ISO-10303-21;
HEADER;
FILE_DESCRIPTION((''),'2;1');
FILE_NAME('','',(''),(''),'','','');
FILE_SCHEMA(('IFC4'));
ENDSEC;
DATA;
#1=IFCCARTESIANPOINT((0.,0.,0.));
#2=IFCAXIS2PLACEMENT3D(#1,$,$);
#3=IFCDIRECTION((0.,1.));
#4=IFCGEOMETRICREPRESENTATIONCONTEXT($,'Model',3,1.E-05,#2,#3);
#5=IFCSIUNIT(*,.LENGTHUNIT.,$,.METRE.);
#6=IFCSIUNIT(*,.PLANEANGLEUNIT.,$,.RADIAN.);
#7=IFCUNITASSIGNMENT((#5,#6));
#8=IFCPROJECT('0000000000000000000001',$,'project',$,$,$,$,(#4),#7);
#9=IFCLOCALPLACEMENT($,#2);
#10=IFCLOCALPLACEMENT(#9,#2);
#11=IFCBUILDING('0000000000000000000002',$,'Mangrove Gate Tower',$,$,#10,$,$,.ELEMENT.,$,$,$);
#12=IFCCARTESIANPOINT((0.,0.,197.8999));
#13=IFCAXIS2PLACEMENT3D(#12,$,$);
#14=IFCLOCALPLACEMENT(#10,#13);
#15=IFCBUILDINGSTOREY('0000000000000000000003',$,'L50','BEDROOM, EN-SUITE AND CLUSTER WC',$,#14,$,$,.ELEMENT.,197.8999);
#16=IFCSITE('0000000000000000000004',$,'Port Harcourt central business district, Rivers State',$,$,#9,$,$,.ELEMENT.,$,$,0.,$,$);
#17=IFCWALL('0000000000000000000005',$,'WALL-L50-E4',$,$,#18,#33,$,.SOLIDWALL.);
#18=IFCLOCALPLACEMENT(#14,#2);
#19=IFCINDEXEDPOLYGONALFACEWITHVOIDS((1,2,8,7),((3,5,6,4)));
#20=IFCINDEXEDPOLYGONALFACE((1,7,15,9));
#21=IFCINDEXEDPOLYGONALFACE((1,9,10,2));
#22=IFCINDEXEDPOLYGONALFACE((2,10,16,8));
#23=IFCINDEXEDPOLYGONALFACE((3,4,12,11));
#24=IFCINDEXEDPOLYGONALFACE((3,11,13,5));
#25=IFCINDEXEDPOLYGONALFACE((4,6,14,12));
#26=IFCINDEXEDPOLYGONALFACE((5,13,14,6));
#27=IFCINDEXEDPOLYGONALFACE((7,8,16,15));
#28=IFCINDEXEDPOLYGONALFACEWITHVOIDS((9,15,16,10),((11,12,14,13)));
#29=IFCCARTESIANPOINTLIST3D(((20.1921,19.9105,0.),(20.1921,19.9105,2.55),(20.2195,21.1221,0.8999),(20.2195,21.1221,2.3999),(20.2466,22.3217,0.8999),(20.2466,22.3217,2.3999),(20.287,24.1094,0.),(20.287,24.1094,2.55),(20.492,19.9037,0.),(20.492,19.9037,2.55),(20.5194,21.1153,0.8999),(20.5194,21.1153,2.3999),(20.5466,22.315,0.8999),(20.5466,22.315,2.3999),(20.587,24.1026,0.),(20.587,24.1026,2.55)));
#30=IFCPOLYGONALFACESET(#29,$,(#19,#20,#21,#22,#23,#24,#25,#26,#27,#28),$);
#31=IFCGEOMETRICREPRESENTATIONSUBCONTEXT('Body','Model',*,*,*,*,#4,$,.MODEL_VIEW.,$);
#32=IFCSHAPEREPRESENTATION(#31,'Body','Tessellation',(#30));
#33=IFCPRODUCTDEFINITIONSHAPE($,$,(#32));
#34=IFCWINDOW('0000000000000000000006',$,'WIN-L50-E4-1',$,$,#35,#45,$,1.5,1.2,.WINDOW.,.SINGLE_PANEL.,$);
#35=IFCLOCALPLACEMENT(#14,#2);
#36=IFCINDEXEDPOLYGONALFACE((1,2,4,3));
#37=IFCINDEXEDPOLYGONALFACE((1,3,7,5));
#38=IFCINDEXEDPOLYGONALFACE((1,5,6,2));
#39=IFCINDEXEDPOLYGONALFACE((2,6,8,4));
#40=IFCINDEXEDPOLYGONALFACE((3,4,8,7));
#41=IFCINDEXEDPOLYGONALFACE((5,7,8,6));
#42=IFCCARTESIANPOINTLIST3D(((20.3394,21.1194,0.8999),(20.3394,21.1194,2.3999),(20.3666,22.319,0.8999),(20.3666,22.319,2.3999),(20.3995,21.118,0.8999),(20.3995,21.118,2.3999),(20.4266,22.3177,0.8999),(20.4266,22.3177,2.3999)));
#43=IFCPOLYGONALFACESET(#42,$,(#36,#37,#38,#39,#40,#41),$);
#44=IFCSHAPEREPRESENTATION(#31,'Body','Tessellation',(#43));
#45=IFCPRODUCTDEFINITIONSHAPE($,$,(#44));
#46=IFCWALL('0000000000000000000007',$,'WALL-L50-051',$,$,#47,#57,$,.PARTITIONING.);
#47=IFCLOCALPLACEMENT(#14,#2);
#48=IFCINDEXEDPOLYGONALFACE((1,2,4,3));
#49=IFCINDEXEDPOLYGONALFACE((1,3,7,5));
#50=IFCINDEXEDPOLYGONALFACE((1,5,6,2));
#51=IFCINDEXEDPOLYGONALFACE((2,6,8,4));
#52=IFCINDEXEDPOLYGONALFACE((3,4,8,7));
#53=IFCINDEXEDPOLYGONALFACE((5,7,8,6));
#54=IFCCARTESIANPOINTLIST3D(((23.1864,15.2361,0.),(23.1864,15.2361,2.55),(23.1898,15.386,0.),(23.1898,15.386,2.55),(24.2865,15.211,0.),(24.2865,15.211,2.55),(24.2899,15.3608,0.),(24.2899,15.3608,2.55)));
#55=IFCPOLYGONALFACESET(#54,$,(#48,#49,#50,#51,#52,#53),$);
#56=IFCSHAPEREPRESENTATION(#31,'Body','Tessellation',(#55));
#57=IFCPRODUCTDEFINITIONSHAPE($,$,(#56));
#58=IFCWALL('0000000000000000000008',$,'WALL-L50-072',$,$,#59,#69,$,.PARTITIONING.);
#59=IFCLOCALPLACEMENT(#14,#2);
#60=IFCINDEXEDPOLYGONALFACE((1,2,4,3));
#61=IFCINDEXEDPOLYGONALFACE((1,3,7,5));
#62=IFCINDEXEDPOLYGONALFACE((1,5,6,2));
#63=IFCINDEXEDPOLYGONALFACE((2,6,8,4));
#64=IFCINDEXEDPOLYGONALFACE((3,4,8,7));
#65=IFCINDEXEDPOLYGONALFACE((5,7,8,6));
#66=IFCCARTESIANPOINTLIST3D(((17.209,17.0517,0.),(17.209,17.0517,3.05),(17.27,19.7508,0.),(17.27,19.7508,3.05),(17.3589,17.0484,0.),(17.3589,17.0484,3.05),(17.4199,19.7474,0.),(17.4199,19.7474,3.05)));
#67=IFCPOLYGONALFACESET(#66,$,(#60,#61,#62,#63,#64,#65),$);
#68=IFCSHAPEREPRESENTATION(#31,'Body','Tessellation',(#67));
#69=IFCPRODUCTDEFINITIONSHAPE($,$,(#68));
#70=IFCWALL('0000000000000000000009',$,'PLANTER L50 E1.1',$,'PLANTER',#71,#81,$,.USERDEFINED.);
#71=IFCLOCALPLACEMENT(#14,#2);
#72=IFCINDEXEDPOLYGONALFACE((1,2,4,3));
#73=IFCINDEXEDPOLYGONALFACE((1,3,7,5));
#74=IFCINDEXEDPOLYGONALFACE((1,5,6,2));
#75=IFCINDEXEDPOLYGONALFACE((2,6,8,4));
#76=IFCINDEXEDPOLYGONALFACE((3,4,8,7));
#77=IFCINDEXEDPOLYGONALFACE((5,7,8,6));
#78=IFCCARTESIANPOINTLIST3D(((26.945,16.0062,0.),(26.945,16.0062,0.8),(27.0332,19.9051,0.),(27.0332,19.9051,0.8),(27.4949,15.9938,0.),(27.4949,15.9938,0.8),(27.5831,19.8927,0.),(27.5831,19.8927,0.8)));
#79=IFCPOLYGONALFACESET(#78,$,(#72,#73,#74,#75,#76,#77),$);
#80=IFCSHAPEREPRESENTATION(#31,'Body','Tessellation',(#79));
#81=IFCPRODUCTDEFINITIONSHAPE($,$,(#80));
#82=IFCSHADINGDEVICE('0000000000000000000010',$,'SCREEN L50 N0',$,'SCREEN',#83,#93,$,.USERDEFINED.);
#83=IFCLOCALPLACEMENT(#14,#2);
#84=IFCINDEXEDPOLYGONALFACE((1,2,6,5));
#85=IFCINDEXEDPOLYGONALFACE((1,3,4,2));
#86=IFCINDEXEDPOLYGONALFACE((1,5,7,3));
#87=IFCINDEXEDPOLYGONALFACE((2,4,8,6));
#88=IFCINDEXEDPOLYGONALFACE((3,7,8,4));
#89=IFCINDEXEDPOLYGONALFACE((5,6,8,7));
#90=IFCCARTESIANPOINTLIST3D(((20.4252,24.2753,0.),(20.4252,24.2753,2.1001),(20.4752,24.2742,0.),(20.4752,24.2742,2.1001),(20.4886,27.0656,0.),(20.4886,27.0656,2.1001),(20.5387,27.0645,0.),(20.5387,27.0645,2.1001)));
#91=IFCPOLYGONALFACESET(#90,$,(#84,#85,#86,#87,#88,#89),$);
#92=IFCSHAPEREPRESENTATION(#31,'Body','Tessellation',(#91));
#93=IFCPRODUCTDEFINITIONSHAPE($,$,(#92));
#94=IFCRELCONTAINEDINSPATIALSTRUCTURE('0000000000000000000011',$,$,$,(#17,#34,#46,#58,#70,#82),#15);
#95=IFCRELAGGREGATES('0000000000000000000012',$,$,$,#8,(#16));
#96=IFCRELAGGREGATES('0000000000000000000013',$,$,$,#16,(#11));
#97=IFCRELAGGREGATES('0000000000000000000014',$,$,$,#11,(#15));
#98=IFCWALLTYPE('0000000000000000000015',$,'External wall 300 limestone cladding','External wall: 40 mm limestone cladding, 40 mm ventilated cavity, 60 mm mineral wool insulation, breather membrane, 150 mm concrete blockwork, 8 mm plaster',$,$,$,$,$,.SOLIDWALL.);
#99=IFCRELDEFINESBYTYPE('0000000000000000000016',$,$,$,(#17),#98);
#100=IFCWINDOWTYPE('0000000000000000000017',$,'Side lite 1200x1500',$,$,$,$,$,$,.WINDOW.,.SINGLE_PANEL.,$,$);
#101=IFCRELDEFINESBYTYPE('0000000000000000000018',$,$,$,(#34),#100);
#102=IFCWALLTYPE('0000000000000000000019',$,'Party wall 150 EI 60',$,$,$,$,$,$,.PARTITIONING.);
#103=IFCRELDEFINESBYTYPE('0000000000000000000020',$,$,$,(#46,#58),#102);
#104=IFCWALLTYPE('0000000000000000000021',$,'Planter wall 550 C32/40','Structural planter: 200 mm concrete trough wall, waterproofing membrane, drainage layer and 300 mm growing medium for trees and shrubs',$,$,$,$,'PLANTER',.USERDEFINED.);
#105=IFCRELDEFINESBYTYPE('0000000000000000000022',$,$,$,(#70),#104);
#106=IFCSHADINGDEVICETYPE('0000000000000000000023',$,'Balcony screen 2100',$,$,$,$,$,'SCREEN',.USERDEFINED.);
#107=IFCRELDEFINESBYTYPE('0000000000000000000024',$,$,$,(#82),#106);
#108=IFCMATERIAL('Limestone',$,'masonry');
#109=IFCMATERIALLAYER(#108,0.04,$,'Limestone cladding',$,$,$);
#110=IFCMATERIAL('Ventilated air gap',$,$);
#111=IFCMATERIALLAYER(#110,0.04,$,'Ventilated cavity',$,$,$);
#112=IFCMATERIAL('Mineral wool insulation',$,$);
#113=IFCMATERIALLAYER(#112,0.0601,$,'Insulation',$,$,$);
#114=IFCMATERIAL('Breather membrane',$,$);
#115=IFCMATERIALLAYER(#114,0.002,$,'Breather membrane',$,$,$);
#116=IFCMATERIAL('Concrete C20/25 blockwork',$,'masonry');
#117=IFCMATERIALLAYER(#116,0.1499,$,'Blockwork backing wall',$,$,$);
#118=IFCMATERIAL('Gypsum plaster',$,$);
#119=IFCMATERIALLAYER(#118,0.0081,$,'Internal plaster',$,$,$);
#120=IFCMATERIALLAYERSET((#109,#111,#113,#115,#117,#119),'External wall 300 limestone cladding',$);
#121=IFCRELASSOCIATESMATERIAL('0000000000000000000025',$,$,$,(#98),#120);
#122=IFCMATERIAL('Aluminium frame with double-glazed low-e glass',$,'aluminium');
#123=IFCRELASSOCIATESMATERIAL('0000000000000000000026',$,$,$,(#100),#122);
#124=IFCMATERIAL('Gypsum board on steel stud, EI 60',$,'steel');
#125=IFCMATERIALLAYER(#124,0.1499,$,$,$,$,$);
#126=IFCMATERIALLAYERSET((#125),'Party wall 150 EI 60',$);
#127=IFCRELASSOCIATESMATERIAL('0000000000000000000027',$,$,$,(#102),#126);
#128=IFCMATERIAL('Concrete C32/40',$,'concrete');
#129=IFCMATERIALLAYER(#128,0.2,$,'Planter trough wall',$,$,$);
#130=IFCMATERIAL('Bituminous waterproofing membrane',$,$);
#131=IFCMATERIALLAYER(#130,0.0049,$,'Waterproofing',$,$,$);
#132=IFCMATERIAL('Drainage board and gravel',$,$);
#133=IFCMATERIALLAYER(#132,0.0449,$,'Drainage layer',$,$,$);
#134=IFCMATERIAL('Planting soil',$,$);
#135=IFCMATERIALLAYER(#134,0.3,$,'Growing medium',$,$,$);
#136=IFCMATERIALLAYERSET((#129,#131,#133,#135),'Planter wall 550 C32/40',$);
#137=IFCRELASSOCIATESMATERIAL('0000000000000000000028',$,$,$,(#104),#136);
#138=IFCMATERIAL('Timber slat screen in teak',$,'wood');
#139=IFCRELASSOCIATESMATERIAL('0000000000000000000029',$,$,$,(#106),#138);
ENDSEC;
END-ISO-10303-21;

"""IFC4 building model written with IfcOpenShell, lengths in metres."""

from ifc_helpers import new_model, si_unit, direction, frame, frame_2d, origin, origin_2d, place, context, subcontext, project, spatial, rectangle, extrude, material, layer, layer_set, type_object, element, fill, save


model = new_model("IFC4")

# Units and contexts
model_context = context("Model", 3, precision=1e-05, world=origin(), true_north=direction((0.0, 1.0)))
body_context = subcontext(model_context, "Body", "Model", "MODEL_VIEW")
ifc_project = project(units=[si_unit("LENGTHUNIT", "METRE"), si_unit("PLANEANGLEUNIT", "RADIAN")], contexts=[model_context])

# Site, building, storey
site_placement = place(None, origin())
site = spatial("IfcSite", under=ifc_project, at=site_placement, Name="Port Harcourt central business district, Rivers State", CompositionType="ELEMENT", RefElevation=0.0)
building_placement = place(site_placement, origin())
building = spatial("IfcBuilding", under=site, at=building_placement, Name="Mangrove Gate Tower", CompositionType="ELEMENT")
storey_placement = place(building_placement, frame((0.0, 0.0, 197.8999)))
storey = spatial("IfcBuildingStorey", under=building, at=storey_placement, Name="L50", Description="BEDROOM, EN-SUITE AND CLUSTER WC", CompositionType="ELEMENT", Elevation=197.8999)

# Wall, opening, window
ifc_material_1 = material(Name="Limestone", Category="masonry")
ifc_layer_1 = layer(ifc_material_1, 0.04, Name="Limestone cladding")
ifc_material_2 = material(Name="Ventilated air gap")
ifc_layer_2 = layer(ifc_material_2, 0.04, Name="Ventilated cavity")
ifc_material_3 = material(Name="Mineral wool insulation")
ifc_layer_3 = layer(ifc_material_3, 0.0601, Name="Insulation")
ifc_material_4 = material(Name="Breather membrane")
ifc_layer_4 = layer(ifc_material_4, 0.002, Name="Breather membrane")
ifc_material_5 = material(Name="Concrete C20/25 blockwork", Category="masonry")
ifc_layer_5 = layer(ifc_material_5, 0.1499, Name="Blockwork backing wall")
ifc_material_6 = material(Name="Gypsum plaster")
ifc_layer_6 = layer(ifc_material_6, 0.0081, Name="Internal plaster")
ifc_layer_set_1 = layer_set([ifc_layer_1, ifc_layer_2, ifc_layer_3, ifc_layer_4, ifc_layer_5, ifc_layer_6], Name="External wall 300 limestone cladding")
wall_type_1 = type_object("IfcWallType", Name="External wall 300 limestone cladding", Description="External wall: 40 mm limestone cladding, 40 mm ventilated cavity, 60 mm mineral wool insulation, breather membrane, 150 mm concrete blockwork, 8 mm plaster", PredefinedType="SOLIDWALL", material=ifc_layer_set_1)
ifc_material_7 = material(Name="Aluminium frame with double-glazed low-e glass", Category="aluminium")
window_type_1 = type_object("IfcWindowType", Name="Side lite 1200x1500", PartitioningType="SINGLE_PANEL", PredefinedType="WINDOW", material=ifc_material_7)
wall_1_placement = place(storey_placement, frame((20.342, 19.907, 0.0), z_axis=(0.0, 0.0, 1.0), x_axis=(0.022612, 0.999744, 0.0)))
wall_1 = element("IfcWall", 1, at=wall_1_placement, inside=storey, type_object=wall_type_1, Name="WALL-L50-E4", PredefinedType="SOLIDWALL", context=body_context, shape_type="SweptSolid", body=[
    extrude(rectangle(XDim=4.2, YDim=0.3, at=frame_2d((2.1001, 0.0))), origin(), (0.0, 0.0, 1.0), 2.55),
])
opening_1_placement = place(wall_1_placement, frame((1.2119, 0.0, 0.8999)))
opening_1 = element("IfcOpeningElement", 2, at=opening_1_placement, cuts=wall_1, PredefinedType="OPENING", context=body_context, shape_type="SweptSolid", body=[
    extrude(rectangle(XDim=1.2, YDim=1.5, at=frame_2d((0.6001, 0.75))), frame((0.0, 0.1599, 0.0), z_axis=(0.0, -1.0, 0.0), x_axis=(1.0, 0.0, 0.0)), (0.0, 0.0, 1.0), 0.3201),
])
window_1_placement = place(opening_1_placement, origin())
window_1 = element("IfcWindow", 3, at=window_1_placement, inside=storey, type_object=window_type_1, Name="WIN-L50-E4-1", OverallHeight=1.5, OverallWidth=1.2, PartitioningType="SINGLE_PANEL", PredefinedType="WINDOW", context=body_context, shape_type="SweptSolid", body=[
    extrude(rectangle(XDim=1.2, YDim=1.5, at=frame_2d((0.6001, 0.75))), frame((0.0, 0.03, 0.0), z_axis=(0.0, -1.0, 0.0), x_axis=(1.0, 0.0, 0.0)), (0.0, 0.0, 1.0), 0.0601),
])
fill(opening_1, window_1)

# Walls
ifc_material_8 = material(Name="Gypsum board on steel stud, EI 60", Category="steel")
ifc_layer_7 = layer(ifc_material_8, 0.1499)
ifc_layer_set_2 = layer_set([ifc_layer_7], Name="Party wall 150 EI 60")
wall_type_2 = type_object("IfcWallType", Name="Party wall 150 EI 60", PredefinedType="PARTITIONING", material=ifc_layer_set_2)
wall_2_placement = place(storey_placement, frame((23.188, 15.311, 0.0), z_axis=(0.0, 0.0, 1.0), x_axis=(0.999739, -0.022852, 0.0)))
element("IfcWall", 4, at=wall_2_placement, inside=storey, type_object=wall_type_2, Name="WALL-L50-051", PredefinedType="PARTITIONING", context=body_context, shape_type="SweptSolid", body=[
    extrude(rectangle(XDim=1.1003, YDim=0.1499, at=frame_2d((0.5503, 0.0))), origin(), (0.0, 0.0, 1.0), 2.55),
])
wall_3_placement = place(storey_placement, frame((17.2839, 17.05, 0.0), z_axis=(0.0, 0.0, 1.0), x_axis=(0.022608, 0.999744, 0.0)))
element("IfcWall", 5, at=wall_3_placement, inside=storey, type_object=wall_type_2, Name="WALL-L50-072", PredefinedType="PARTITIONING", context=body_context, shape_type="SweptSolid", body=[
    extrude(rectangle(XDim=2.6997, YDim=0.1499, at=frame_2d((1.3499, 0.0))), origin(), (0.0, 0.0, 1.0), 3.05),
])
ifc_material_9 = material(Name="Concrete C32/40", Category="concrete")
ifc_layer_8 = layer(ifc_material_9, 0.2, Name="Planter trough wall")
ifc_material_10 = material(Name="Bituminous waterproofing membrane")
ifc_layer_9 = layer(ifc_material_10, 0.0049, Name="Waterproofing")
ifc_material_11 = material(Name="Drainage board and gravel")
ifc_layer_10 = layer(ifc_material_11, 0.0449, Name="Drainage layer")
ifc_material_12 = material(Name="Planting soil")
ifc_layer_11 = layer(ifc_material_12, 0.3, Name="Growing medium")
ifc_layer_set_3 = layer_set([ifc_layer_8, ifc_layer_9, ifc_layer_10, ifc_layer_11], Name="Planter wall 550 C32/40")
wall_type_3 = type_object("IfcWallType", Name="Planter wall 550 C32/40", Description="Structural planter: 200 mm concrete trough wall, waterproofing membrane, drainage layer and 300 mm growing medium for trees and shrubs", ElementType="PLANTER", PredefinedType="USERDEFINED", material=ifc_layer_set_3)
wall_4_placement = place(storey_placement, frame((27.22, 16.0, 0.0), z_axis=(0.0, 0.0, 1.0), x_axis=(0.022599, 0.999745, 0.0)))
element("IfcWall", 6, at=wall_4_placement, inside=storey, type_object=wall_type_3, Name="PLANTER L50 E1.1", ObjectType="PLANTER", PredefinedType="USERDEFINED", context=body_context, shape_type="SweptSolid", body=[
    extrude(rectangle(XDim=3.8999, YDim=0.55, at=frame_2d((1.95, 0.0))), origin(), (0.0, 0.0, 1.0), 0.8),
])

# Shading device
ifc_material_13 = material(Name="Timber slat screen in teak", Category="wood")
shading_device_type = type_object("IfcShadingDeviceType", Name="Balcony screen 2100", ElementType="SCREEN", PredefinedType="USERDEFINED", material=ifc_material_13)
shading_device_placement = place(storey_placement, frame((20.4819, 25.6699, 0.0), z_axis=(0.0, 0.0, 1.0), x_axis=(0.02274, 0.999741, 0.0)))
element("IfcShadingDevice", 7, at=shading_device_placement, inside=storey, type_object=shading_device_type, Name="SCREEN L50 N0", ObjectType="SCREEN", PredefinedType="USERDEFINED", context=body_context, shape_type="SweptSolid", body=[
    extrude(rectangle(XDim=2.791, YDim=0.05, at=origin_2d()), origin(), (0.0, 0.0, 1.0), 2.1001),
])

save(model, "model.ifc")
